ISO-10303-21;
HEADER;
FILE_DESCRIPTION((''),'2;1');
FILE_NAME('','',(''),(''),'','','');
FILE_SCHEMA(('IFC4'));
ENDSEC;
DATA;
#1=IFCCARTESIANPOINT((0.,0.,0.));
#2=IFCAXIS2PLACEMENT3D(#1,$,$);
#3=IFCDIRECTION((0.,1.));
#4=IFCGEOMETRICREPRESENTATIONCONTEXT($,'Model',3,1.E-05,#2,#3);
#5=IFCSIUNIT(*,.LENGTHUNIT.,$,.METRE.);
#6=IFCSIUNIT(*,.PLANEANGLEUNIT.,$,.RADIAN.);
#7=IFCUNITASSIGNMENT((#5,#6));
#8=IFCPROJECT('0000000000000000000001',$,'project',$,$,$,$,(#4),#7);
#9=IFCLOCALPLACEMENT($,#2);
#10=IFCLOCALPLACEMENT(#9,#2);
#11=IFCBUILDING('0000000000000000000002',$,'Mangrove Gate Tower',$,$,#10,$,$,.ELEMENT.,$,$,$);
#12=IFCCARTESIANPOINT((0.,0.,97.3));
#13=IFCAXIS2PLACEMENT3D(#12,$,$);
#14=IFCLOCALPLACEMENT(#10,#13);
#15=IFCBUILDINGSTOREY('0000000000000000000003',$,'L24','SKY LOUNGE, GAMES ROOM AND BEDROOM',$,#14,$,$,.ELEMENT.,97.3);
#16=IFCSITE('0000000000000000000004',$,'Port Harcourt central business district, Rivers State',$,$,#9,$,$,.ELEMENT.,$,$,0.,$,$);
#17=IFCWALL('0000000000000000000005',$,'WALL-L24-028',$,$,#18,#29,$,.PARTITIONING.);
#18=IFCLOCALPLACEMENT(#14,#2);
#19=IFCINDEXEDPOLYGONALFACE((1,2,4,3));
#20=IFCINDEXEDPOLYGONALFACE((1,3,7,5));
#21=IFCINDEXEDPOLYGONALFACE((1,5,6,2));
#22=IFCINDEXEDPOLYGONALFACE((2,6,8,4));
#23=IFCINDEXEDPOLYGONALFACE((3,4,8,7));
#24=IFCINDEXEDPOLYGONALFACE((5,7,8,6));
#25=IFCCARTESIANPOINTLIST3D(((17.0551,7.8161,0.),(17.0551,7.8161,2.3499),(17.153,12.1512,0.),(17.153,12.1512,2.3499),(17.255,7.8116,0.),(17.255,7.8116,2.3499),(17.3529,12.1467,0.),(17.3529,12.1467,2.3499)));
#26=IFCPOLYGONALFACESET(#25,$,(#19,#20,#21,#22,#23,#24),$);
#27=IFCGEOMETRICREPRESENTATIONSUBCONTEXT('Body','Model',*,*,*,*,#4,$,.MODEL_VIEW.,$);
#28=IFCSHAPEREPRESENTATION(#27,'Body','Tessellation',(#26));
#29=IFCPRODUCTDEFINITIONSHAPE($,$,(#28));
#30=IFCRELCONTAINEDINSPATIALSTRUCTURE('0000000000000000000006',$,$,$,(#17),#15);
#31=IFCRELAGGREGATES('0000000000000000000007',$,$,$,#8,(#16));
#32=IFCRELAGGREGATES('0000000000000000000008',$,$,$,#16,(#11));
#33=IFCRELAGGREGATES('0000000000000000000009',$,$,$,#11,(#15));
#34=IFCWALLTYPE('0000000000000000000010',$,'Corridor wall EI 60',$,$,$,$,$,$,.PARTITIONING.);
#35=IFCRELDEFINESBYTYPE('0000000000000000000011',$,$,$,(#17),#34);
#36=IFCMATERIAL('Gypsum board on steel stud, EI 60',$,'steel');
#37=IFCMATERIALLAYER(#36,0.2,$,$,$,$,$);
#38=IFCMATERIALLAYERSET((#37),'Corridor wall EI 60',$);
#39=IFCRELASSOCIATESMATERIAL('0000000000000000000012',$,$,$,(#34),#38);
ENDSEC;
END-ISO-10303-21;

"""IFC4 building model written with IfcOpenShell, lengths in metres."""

from ifc_helpers import new_model, si_unit, direction, frame, frame_2d, origin, place, context, subcontext, project, spatial, rectangle, extrude, material, layer, layer_set, type_object, element, save


model = new_model("IFC4")

# Units and contexts
model_context = context("Model", 3, precision=1e-05, world=origin(), true_north=direction((0.0, 1.0)))
body_context = subcontext(model_context, "Body", "Model", "MODEL_VIEW")
ifc_project = project(units=[si_unit("LENGTHUNIT", "METRE"), si_unit("PLANEANGLEUNIT", "RADIAN")], contexts=[model_context])

# Site, building, storey
site_placement = place(None, origin())
site = spatial("IfcSite", under=ifc_project, at=site_placement, Name="Port Harcourt central business district, Rivers State", CompositionType="ELEMENT", RefElevation=0.0)
building_placement = place(site_placement, origin())
building = spatial("IfcBuilding", under=site, at=building_placement, Name="Mangrove Gate Tower", CompositionType="ELEMENT")
storey_placement = place(building_placement, frame((0.0, 0.0, 97.3)))
storey = spatial("IfcBuildingStorey", under=building, at=storey_placement, Name="L24", Description="SKY LOUNGE, GAMES ROOM AND BEDROOM", CompositionType="ELEMENT", Elevation=97.3)

# Wall
ifc_material_1 = material(Name="Gypsum board on steel stud, EI 60", Category="steel")
ifc_layer_1 = layer(ifc_material_1, 0.2)
ifc_layer_set_1 = layer_set([ifc_layer_1], Name="Corridor wall EI 60")
wall_type_1 = type_object("IfcWallType", Name="Corridor wall EI 60", PredefinedType="PARTITIONING", material=ifc_layer_set_1)
wall_1_placement = place(storey_placement, frame((17.155, 7.814, 0.0), z_axis=(0.0, 0.0, 1.0), x_axis=(0.022578, 0.999745, 0.0)))
element("IfcWall", 1, at=wall_1_placement, inside=storey, type_object=wall_type_1, Name="WALL-L24-028", PredefinedType="PARTITIONING", context=body_context, shape_type="SweptSolid", body=[
    extrude(rectangle(XDim=4.3362, YDim=0.2, at=frame_2d((2.168, 0.0))), origin(), (0.0, 0.0, 1.0), 2.3499),
])

save(model, "model.ifc")
